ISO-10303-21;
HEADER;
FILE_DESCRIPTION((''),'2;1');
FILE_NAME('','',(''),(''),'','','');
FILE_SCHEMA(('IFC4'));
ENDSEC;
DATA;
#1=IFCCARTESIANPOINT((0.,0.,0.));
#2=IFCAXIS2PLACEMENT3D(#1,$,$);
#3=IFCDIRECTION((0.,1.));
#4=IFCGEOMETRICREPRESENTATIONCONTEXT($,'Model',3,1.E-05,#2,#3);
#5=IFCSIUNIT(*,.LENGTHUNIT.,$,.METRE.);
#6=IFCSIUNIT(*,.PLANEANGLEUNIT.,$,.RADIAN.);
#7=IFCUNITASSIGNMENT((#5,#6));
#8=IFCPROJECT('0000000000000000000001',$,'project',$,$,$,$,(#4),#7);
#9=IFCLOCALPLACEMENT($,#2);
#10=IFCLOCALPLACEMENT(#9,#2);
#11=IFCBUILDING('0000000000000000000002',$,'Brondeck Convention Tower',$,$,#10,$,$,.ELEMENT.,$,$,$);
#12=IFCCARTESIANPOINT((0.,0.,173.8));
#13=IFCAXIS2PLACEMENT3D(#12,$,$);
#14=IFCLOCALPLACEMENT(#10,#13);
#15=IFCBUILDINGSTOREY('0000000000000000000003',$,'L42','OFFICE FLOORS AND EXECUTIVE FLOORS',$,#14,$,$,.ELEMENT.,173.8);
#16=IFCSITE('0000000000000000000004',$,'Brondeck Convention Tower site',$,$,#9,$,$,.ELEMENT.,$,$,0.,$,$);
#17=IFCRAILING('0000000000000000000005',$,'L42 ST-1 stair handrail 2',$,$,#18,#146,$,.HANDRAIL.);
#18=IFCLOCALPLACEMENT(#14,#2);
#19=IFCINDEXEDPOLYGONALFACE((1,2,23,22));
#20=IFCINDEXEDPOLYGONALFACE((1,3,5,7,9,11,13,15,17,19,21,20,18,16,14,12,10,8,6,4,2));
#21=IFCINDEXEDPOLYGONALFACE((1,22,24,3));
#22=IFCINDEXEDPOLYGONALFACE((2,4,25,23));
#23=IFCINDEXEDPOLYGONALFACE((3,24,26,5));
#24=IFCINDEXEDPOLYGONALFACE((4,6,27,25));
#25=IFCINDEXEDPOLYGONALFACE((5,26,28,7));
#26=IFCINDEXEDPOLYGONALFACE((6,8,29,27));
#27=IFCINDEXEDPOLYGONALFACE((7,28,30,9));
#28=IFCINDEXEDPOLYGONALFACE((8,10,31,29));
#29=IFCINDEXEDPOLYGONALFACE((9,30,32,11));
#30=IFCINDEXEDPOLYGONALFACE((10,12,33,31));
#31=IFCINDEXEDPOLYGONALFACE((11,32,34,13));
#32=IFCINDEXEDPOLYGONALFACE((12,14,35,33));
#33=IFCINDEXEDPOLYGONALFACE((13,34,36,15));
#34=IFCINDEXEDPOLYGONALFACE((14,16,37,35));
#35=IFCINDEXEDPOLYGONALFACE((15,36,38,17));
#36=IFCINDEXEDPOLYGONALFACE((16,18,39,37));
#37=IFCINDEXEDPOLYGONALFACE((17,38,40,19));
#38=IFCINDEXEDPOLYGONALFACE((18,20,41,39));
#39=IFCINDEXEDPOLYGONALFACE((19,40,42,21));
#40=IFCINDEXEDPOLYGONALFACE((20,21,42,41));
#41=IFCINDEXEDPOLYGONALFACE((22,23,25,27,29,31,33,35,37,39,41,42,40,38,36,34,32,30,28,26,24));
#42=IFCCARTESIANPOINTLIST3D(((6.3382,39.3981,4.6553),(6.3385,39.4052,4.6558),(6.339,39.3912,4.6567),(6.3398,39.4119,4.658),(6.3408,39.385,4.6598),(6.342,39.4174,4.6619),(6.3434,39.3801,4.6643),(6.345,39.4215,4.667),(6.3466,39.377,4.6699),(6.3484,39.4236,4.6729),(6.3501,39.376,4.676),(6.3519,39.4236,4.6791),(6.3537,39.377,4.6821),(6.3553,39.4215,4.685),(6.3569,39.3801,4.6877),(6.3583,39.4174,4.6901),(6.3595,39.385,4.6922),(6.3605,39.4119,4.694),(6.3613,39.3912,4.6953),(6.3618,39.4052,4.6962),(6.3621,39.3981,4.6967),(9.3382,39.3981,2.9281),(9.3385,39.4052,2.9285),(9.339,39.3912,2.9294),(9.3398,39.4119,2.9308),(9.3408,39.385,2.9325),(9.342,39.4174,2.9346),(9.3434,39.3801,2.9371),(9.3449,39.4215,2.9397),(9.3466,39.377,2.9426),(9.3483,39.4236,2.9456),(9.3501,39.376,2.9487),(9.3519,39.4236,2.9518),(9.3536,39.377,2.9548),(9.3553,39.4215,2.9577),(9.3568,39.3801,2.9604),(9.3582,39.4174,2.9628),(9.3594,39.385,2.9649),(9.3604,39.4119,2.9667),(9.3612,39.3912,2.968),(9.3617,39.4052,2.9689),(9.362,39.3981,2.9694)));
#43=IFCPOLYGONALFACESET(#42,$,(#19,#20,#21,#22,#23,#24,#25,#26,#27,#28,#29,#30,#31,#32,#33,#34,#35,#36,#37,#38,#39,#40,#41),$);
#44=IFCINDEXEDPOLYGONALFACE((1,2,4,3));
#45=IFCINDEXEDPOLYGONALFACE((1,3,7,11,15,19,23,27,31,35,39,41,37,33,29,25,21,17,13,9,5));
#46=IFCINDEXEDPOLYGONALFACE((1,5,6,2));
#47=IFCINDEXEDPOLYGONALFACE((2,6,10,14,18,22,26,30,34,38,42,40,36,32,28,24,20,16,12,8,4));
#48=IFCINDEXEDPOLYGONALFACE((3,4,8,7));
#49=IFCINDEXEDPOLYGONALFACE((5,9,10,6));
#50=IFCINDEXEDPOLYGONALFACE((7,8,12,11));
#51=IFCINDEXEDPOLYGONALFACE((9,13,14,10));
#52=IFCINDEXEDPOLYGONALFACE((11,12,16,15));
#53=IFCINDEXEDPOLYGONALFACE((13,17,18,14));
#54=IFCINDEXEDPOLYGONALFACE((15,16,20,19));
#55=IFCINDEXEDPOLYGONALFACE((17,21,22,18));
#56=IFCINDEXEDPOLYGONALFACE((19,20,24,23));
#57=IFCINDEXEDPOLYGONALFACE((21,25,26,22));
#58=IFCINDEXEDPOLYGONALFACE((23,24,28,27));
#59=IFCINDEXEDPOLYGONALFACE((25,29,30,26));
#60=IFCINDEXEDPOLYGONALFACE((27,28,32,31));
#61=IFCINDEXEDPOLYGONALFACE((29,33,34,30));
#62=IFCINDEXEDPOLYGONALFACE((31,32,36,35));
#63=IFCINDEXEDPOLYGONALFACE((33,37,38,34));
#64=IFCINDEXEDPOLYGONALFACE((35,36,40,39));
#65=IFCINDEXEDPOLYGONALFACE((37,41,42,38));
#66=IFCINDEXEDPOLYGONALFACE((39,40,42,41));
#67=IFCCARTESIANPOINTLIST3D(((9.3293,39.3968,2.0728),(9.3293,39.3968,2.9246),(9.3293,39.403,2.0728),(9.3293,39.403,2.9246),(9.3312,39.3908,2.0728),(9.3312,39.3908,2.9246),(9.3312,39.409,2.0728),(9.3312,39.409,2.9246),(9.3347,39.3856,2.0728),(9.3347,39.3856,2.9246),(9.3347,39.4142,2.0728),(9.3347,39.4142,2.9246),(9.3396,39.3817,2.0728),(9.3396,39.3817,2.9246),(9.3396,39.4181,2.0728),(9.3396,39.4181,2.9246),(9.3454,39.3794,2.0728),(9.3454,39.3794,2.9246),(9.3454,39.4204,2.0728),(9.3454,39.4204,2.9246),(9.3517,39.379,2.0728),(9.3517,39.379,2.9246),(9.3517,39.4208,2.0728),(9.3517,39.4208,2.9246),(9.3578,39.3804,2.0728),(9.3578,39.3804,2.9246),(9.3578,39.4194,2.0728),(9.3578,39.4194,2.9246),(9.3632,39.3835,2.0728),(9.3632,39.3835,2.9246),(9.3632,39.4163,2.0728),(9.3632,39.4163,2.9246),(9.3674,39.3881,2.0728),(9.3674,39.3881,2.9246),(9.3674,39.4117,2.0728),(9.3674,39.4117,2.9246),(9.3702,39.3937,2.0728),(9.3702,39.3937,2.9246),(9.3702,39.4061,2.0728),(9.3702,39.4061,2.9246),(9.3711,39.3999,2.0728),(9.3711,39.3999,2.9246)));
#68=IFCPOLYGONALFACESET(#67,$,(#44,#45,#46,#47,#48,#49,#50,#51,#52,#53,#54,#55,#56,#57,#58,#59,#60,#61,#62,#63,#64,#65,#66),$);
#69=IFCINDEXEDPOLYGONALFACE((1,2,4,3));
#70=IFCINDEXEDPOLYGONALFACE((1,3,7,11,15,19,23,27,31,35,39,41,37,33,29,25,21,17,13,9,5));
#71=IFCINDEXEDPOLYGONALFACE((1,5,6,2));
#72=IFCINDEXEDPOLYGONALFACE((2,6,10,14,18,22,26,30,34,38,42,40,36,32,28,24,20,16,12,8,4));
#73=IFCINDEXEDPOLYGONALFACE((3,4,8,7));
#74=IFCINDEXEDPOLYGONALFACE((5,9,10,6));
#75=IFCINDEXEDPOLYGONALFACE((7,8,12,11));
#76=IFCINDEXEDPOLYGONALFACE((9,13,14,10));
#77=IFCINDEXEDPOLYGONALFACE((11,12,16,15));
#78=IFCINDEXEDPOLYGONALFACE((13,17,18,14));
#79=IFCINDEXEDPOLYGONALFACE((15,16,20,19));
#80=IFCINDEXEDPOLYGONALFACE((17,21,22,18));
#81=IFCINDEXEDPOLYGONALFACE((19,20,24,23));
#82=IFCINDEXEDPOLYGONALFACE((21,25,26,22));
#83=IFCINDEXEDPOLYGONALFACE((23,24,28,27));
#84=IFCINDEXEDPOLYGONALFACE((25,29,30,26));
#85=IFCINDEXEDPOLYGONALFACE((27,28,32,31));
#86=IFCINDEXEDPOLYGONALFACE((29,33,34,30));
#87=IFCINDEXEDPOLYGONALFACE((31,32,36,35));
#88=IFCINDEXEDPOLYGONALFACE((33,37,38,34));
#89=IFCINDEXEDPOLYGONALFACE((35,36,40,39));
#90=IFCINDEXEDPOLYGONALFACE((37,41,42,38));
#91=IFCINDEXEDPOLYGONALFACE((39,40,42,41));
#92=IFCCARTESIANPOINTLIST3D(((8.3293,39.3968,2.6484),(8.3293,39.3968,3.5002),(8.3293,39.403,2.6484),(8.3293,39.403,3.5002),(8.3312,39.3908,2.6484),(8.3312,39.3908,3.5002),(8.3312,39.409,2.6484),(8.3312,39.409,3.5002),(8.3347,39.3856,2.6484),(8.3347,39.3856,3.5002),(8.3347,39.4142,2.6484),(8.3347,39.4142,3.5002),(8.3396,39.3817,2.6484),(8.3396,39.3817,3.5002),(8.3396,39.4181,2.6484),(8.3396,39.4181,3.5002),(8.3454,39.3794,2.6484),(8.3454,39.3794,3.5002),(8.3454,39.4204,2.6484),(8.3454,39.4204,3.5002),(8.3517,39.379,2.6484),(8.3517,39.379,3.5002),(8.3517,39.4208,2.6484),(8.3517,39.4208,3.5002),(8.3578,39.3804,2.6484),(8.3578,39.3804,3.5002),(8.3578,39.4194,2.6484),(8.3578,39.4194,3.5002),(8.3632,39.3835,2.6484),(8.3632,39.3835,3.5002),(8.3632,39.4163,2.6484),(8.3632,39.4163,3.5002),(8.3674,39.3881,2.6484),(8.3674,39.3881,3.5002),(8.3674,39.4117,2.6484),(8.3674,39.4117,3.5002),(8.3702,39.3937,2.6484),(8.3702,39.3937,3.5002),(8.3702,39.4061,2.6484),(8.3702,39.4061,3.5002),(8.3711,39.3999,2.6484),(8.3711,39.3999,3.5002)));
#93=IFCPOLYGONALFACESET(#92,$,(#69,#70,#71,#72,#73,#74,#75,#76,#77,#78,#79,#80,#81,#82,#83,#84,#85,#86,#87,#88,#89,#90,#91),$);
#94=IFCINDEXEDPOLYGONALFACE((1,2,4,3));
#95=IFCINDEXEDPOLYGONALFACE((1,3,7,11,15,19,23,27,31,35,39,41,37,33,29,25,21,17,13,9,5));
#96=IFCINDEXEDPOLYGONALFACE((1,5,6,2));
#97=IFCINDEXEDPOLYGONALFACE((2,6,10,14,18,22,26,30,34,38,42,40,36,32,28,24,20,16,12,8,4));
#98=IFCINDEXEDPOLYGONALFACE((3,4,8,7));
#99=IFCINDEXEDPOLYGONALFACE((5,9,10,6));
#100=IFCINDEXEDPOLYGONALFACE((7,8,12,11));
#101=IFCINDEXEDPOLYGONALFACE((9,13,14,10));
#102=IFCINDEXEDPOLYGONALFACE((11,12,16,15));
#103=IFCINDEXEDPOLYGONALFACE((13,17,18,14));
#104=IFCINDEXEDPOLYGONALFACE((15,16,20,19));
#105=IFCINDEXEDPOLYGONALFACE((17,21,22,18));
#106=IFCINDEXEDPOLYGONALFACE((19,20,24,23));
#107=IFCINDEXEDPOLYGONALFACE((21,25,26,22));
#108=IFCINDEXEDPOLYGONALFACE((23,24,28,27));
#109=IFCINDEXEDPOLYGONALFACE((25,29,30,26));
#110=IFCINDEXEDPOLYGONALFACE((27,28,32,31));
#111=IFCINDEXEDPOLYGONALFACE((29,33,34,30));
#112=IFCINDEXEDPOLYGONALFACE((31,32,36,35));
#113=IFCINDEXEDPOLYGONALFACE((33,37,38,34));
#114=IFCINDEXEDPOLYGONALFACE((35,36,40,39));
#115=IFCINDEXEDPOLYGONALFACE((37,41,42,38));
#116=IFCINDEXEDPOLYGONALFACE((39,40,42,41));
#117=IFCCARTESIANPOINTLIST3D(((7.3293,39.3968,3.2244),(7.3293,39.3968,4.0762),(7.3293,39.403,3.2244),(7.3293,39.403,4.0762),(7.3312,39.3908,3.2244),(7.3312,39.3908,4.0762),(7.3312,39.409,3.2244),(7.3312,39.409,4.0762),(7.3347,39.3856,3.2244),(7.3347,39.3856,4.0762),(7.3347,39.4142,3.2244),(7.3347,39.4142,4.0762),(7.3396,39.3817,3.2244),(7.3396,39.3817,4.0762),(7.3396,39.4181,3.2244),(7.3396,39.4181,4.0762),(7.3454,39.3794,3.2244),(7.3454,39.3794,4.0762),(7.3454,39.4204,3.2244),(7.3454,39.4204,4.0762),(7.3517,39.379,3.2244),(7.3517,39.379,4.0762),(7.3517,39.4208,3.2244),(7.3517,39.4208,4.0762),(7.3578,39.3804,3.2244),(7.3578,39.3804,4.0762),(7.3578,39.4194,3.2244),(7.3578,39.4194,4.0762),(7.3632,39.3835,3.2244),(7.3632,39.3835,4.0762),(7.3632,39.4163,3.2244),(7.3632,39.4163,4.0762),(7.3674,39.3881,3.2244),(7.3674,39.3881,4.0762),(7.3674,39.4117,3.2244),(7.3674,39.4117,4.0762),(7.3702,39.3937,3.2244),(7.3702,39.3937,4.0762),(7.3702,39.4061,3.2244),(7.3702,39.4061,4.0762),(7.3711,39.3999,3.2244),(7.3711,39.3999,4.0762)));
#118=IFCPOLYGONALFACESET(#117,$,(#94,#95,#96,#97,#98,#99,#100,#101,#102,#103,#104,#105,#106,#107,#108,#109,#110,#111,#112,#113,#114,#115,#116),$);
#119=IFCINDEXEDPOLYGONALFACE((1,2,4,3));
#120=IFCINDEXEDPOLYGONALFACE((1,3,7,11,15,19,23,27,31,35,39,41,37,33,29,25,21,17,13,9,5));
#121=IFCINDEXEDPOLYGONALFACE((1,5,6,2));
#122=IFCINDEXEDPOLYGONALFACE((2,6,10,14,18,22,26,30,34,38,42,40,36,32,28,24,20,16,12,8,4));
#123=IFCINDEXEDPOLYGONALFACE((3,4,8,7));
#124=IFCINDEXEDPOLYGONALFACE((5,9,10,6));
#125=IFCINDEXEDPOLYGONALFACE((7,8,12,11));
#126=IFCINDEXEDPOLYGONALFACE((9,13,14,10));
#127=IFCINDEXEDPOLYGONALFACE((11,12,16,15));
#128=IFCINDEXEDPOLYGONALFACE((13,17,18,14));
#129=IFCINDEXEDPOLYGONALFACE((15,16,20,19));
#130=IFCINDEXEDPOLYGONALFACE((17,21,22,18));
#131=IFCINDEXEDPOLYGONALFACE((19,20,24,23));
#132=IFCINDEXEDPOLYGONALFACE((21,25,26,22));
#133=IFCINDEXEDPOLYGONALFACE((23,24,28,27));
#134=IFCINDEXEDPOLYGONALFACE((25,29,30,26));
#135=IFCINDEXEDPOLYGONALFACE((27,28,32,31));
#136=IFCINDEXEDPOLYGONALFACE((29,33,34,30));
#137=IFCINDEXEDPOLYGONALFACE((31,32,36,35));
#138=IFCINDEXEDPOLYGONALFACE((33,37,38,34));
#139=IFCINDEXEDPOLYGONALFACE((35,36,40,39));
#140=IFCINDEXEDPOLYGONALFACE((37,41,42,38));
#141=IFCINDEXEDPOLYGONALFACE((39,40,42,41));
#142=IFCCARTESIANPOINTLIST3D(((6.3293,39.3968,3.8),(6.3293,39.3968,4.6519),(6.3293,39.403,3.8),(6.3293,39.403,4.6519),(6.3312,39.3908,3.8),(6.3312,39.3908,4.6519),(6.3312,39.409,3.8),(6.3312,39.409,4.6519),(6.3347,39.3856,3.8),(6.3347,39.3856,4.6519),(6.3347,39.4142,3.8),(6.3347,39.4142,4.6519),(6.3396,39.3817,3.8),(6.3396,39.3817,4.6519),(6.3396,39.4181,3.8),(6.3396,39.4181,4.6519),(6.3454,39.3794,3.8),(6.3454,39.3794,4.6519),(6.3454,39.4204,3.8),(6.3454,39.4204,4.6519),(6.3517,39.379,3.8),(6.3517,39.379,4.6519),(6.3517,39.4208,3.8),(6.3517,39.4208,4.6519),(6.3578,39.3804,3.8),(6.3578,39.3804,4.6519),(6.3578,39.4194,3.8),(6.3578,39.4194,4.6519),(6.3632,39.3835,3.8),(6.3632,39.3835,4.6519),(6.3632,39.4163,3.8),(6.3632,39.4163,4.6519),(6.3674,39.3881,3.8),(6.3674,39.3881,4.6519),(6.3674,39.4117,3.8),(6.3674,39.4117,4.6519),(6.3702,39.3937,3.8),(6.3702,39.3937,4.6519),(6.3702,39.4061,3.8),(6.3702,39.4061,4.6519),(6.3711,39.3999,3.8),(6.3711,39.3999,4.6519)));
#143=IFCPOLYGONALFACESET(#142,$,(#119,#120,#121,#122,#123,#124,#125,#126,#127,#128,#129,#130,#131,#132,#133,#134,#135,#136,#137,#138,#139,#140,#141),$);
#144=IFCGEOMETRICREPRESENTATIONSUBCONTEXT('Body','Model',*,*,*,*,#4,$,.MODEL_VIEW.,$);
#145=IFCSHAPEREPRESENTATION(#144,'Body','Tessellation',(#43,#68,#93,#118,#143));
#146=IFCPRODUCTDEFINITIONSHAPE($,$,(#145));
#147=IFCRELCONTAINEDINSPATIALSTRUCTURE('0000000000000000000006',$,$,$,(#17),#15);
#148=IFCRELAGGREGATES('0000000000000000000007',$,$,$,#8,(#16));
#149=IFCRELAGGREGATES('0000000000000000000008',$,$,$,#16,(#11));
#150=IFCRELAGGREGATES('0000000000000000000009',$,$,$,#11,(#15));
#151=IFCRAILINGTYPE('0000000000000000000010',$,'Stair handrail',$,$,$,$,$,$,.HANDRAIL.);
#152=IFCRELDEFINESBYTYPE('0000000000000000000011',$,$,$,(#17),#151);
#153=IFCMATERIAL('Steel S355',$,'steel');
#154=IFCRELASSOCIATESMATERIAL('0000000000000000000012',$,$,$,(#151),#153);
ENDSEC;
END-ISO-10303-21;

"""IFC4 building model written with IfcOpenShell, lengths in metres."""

from ifc_helpers import new_model, si_unit, direction, frame, origin, origin_2d, place, context, subcontext, project, spatial, circle, extrude, material, type_object, element, save


model = new_model("IFC4")

# Units and contexts
model_context = context("Model", 3, precision=1e-05, world=origin(), true_north=direction((0.0, 1.0)))
body_context = subcontext(model_context, "Body", "Model", "MODEL_VIEW")
ifc_project = project(units=[si_unit("LENGTHUNIT", "METRE"), si_unit("PLANEANGLEUNIT", "RADIAN")], contexts=[model_context])

# Site, building, storey
site_placement = place(None, origin())
site = spatial("IfcSite", under=ifc_project, at=site_placement, Name="Brondeck Convention Tower site", CompositionType="ELEMENT", RefElevation=0.0)
building_placement = place(site_placement, origin())
building = spatial("IfcBuilding", under=site, at=building_placement, Name="Brondeck Convention Tower", CompositionType="ELEMENT")
storey_placement = place(building_placement, frame((0.0, 0.0, 173.8)))
storey = spatial("IfcBuildingStorey", under=building, at=storey_placement, Name="L42", Description="OFFICE FLOORS AND EXECUTIVE FLOORS", CompositionType="ELEMENT", Elevation=173.8)

# Railing
ifc_material_1 = material(Name="Steel S355", Category="steel")
railing_type_1 = type_object("IfcRailingType", Name="Stair handrail", PredefinedType="HANDRAIL", material=ifc_material_1)
railing_1_placement = place(storey_placement, frame((9.3501, 39.3999, 2.0728)))
element("IfcRailing", 1, at=railing_1_placement, inside=storey, type_object=railing_type_1, Name="L42 ST-1 stair handrail 2", PredefinedType="HANDRAIL", context=body_context, shape_type="SweptSolid", body=[
    extrude(circle(Radius=0.0239, at=origin_2d()), frame((0.0, 0.0, 0.876), z_axis=(-0.86662, 0.0, 0.498969), x_axis=(0.0, -1.0, 0.0)), (0.0, 0.0, 1.0), 3.4617),
    extrude(circle(Radius=0.021, at=origin_2d()), origin(), (0.0, 0.0, 1.0), 0.8518),
    extrude(circle(Radius=0.021, at=origin_2d()), frame((-1.0, 0.0, 0.5757)), (0.0, 0.0, 1.0), 0.8518),
    extrude(circle(Radius=0.021, at=origin_2d()), frame((-2.0, 0.0, 1.1516)), (0.0, 0.0, 1.0), 0.8518),
    extrude(circle(Radius=0.021, at=origin_2d()), frame((-3.0, 0.0, 1.7273)), (0.0, 0.0, 1.0), 0.8518),
])

save(model, "model.ifc")
